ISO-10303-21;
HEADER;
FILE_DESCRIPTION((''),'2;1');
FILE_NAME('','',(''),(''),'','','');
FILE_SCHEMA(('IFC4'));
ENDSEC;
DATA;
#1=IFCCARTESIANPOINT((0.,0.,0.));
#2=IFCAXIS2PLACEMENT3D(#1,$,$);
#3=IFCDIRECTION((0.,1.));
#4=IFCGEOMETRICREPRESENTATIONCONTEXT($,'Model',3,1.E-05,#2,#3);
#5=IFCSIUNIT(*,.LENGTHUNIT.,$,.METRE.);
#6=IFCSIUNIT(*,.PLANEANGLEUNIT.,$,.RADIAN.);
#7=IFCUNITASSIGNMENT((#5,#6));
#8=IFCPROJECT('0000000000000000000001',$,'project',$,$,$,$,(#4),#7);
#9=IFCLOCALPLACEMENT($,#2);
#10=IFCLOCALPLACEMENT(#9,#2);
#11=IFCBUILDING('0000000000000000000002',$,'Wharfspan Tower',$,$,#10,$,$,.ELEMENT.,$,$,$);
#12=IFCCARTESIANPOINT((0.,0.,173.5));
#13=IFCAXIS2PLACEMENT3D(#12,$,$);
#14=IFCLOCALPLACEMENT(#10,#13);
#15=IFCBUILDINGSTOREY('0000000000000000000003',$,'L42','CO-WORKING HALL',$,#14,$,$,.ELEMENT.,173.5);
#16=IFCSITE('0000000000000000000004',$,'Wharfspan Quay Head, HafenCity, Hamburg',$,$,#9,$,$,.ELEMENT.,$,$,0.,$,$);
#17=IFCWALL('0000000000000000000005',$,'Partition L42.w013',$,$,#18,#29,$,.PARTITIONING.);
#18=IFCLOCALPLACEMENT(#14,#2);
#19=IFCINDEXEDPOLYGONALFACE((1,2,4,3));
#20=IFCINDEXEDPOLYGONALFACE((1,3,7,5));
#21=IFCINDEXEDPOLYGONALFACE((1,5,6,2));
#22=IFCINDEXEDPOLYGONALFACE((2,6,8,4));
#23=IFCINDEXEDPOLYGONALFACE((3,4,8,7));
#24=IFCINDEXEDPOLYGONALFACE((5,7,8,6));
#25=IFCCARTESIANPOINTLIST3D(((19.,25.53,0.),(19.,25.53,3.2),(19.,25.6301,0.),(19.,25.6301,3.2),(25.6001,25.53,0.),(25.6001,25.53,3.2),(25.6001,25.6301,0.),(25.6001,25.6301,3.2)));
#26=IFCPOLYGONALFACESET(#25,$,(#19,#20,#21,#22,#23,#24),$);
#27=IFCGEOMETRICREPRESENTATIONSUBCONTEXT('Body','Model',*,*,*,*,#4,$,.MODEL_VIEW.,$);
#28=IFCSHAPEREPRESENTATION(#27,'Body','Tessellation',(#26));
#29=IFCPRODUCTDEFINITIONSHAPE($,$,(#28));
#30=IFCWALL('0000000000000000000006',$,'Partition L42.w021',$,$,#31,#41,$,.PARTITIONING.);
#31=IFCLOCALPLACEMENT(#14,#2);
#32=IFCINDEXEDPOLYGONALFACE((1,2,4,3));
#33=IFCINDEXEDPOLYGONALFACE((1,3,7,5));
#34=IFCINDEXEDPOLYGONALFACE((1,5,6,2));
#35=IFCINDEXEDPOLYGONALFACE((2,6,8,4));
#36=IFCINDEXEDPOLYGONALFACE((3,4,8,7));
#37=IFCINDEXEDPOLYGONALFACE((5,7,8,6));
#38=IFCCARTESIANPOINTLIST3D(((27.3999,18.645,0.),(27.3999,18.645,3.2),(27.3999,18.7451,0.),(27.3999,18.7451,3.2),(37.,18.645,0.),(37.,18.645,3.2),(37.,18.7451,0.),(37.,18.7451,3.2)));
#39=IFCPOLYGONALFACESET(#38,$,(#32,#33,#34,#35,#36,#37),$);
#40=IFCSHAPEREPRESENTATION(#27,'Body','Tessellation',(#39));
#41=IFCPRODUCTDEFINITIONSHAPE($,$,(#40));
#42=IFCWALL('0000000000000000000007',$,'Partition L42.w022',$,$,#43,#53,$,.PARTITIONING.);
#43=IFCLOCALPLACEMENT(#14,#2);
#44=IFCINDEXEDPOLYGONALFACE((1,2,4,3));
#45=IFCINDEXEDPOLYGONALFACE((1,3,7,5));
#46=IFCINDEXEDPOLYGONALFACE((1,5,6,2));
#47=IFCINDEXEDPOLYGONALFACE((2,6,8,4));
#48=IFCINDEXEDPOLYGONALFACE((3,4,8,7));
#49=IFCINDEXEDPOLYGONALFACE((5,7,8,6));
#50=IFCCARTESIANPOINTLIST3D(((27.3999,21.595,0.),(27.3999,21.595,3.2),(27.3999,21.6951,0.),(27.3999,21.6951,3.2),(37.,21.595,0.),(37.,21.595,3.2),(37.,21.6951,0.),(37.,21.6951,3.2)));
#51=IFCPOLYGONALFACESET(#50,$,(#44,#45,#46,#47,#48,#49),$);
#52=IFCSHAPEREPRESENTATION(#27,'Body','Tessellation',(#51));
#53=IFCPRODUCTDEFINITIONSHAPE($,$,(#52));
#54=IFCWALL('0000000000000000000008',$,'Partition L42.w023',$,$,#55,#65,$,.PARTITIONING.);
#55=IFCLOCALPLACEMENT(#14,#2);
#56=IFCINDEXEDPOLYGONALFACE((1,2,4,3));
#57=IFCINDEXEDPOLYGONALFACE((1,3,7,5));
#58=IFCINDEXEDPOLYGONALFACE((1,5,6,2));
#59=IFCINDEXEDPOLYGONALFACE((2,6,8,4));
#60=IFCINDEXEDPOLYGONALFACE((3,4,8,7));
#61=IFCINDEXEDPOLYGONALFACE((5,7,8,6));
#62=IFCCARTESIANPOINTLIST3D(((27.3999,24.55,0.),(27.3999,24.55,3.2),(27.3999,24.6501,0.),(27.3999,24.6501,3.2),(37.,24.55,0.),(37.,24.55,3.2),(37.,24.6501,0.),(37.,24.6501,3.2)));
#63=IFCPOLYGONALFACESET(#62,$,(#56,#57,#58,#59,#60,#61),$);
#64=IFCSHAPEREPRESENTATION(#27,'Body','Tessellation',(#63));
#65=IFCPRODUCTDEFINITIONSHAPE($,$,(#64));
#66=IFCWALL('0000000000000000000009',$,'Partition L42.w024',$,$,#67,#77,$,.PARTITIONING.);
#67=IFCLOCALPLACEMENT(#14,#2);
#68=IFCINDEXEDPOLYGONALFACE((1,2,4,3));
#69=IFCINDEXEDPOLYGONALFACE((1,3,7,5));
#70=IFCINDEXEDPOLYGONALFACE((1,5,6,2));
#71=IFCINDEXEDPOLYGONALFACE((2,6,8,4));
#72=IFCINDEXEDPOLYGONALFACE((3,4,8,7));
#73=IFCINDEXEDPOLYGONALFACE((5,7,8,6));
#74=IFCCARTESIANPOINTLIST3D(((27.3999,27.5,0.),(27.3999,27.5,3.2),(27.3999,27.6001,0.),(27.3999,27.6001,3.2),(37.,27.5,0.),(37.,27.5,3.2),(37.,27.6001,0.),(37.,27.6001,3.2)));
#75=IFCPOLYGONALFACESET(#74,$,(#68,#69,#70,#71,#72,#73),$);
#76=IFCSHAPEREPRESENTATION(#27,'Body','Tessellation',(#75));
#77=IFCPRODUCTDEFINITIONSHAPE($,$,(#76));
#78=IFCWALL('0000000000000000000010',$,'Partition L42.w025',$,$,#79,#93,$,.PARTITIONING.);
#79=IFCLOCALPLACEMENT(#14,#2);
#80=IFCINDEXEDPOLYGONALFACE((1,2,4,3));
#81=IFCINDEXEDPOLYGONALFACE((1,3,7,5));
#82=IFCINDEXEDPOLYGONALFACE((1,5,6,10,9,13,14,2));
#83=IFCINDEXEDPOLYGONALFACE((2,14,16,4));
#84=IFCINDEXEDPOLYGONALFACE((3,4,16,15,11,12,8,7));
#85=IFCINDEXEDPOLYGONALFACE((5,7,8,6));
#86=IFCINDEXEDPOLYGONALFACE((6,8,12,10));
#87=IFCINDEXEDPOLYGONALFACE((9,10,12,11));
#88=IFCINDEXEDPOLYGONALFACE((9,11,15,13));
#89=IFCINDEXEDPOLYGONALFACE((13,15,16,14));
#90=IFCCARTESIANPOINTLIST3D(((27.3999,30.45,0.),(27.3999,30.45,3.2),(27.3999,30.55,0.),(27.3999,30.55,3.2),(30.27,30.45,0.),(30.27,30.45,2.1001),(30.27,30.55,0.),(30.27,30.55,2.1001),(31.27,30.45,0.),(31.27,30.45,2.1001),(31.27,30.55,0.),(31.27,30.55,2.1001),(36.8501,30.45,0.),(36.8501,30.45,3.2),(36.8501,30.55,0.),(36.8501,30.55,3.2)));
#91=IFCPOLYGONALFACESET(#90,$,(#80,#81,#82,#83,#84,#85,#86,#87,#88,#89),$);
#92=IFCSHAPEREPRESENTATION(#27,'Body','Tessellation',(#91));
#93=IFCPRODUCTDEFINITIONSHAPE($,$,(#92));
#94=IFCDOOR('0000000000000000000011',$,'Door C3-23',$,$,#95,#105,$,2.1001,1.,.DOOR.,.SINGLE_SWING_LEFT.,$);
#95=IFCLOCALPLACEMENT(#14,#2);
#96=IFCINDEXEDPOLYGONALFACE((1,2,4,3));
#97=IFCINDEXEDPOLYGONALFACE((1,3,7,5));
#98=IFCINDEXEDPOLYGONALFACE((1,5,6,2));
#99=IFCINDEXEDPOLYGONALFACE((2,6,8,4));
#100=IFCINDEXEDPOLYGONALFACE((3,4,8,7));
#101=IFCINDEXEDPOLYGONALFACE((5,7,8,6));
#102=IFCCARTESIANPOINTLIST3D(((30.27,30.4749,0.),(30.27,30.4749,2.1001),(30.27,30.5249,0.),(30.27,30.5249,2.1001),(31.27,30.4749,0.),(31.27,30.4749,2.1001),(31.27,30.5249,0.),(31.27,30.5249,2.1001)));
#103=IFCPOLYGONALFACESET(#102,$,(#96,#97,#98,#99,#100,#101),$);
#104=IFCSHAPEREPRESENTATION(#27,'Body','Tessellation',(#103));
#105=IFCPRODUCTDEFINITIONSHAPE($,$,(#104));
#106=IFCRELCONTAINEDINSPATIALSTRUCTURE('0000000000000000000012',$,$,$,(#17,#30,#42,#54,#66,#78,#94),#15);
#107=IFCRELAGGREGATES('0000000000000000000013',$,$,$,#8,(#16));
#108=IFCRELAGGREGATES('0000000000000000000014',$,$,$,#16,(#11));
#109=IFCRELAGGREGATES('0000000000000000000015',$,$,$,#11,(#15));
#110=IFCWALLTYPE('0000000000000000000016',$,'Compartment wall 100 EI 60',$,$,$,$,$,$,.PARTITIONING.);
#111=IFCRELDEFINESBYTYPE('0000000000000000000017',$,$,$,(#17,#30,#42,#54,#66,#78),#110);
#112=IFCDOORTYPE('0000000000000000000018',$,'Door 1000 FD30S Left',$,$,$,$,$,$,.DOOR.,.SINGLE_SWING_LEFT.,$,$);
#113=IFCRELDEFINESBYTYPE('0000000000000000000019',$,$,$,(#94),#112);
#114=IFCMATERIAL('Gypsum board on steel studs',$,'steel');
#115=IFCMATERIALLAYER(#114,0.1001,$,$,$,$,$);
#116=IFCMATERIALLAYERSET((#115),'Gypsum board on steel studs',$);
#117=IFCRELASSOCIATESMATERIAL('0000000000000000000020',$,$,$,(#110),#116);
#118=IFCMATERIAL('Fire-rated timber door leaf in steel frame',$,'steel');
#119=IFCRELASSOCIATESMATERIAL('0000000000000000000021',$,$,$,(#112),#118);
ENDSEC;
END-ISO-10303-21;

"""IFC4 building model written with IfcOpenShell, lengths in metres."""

from ifc_helpers import new_model, si_unit, direction, frame, frame_2d, origin, place, context, subcontext, project, spatial, rectangle, extrude, material, layer, layer_set, type_object, element, fill, save


model = new_model("IFC4")

# Units and contexts
model_context = context("Model", 3, precision=1e-05, world=origin(), true_north=direction((0.0, 1.0)))
body_context = subcontext(model_context, "Body", "Model", "MODEL_VIEW")
ifc_project = project(units=[si_unit("LENGTHUNIT", "METRE"), si_unit("PLANEANGLEUNIT", "RADIAN")], contexts=[model_context])

# Site, building, storey
site_placement = place(None, origin())
site = spatial("IfcSite", under=ifc_project, at=site_placement, Name="Wharfspan Quay Head, HafenCity, Hamburg", CompositionType="ELEMENT", RefElevation=0.0)
building_placement = place(site_placement, origin())
building = spatial("IfcBuilding", under=site, at=building_placement, Name="Wharfspan Tower", CompositionType="ELEMENT")
storey_placement = place(building_placement, frame((0.0, 0.0, 173.5)))
storey = spatial("IfcBuildingStorey", under=building, at=storey_placement, Name="L42", Description="CO-WORKING HALL", CompositionType="ELEMENT", Elevation=173.5)

# Shared definitions
ifc_material_1 = material(Name="Gypsum board on steel studs", Category="steel")
ifc_layer = layer(ifc_material_1, 0.1001)
ifc_layer_set = layer_set([ifc_layer], Name="Gypsum board on steel studs")
wall_type = type_object("IfcWallType", Name="Compartment wall 100 EI 60", PredefinedType="PARTITIONING", material=ifc_layer_set)

# Shared definitions
ifc_material_2 = material(Name="Fire-rated timber door leaf in steel frame", Category="steel")

# Walls
for number, where, z_axis, x_axis, name in (
    (1, (19.0, 25.5801, 0.0), (0.0, 0.0, 1.0), (1.0, 0.0, 0.0), "Partition L42.w013"),
):
    element("IfcWall", number, at=place(storey_placement, frame(where, z_axis=z_axis, x_axis=x_axis)), inside=storey, type_object=wall_type, Name=name, PredefinedType="PARTITIONING", context=body_context, shape_type="SweptSolid", body=[
        extrude(rectangle(XDim=6.6001, YDim=0.1001, at=frame_2d((3.3, 0.0))), origin(), (0.0, 0.0, 1.0), 3.2),
    ])
for number, where, z_axis, x_axis, name in (
    (2, (27.3999, 18.6951, 0.0), (0.0, 0.0, 1.0), (1.0, 0.0, 0.0), "Partition L42.w021"),
    (3, (27.3999, 21.645, 0.0), (0.0, 0.0, 1.0), (1.0, 0.0, 0.0), "Partition L42.w022"),
    (4, (27.3999, 24.6001, 0.0), (0.0, 0.0, 1.0), (1.0, 0.0, 0.0), "Partition L42.w023"),
    (5, (27.3999, 27.55, 0.0), (0.0, 0.0, 1.0), (1.0, 0.0, 0.0), "Partition L42.w024"),
):
    element("IfcWall", number, at=place(storey_placement, frame(where, z_axis=z_axis, x_axis=x_axis)), inside=storey, type_object=wall_type, Name=name, PredefinedType="PARTITIONING", context=body_context, shape_type="SweptSolid", body=[
        extrude(rectangle(XDim=9.6001, YDim=0.1001, at=frame_2d((4.8, 0.0))), origin(), (0.0, 0.0, 1.0), 3.2),
    ])

# Wall, opening, door
wall_1_placement = place(storey_placement, frame((27.3999, 30.5, 0.0), z_axis=(0.0, 0.0, 1.0), x_axis=(1.0, 0.0, 0.0)))
wall_1 = element("IfcWall", 6, at=wall_1_placement, inside=storey, type_object=wall_type, Name="Partition L42.w025", PredefinedType="PARTITIONING", context=body_context, shape_type="SweptSolid", body=[
    extrude(rectangle(XDim=9.4502, YDim=0.1001, at=frame_2d((4.7251, 0.0))), origin(), (0.0, 0.0, 1.0), 3.2),
])
opening_1_placement = place(wall_1_placement, frame((2.8701, 0.0, 0.0)))
opening_1 = element("IfcOpeningElement", 7, at=opening_1_placement, cuts=wall_1, PredefinedType="OPENING", context=body_context, shape_type="SweptSolid", body=[
    extrude(rectangle(XDim=1.0, YDim=2.1001, at=frame_2d((0.5, 1.05))), frame((0.0, 0.0601, 0.0), z_axis=(0.0, -1.0, 0.0), x_axis=(1.0, 0.0, 0.0)), (0.0, 0.0, 1.0), 0.1201),
])
door_type_1 = type_object("IfcDoorType", Name="Door 1000 FD30S Left", OperationType="SINGLE_SWING_LEFT", PredefinedType="DOOR", material=ifc_material_2)
door_1_placement = place(opening_1_placement, origin())
door_1 = element("IfcDoor", 8, at=door_1_placement, inside=storey, type_object=door_type_1, Name="Door C3-23", OperationType="SINGLE_SWING_LEFT", OverallHeight=2.1001, OverallWidth=1.0, PredefinedType="DOOR", context=body_context, shape_type="SweptSolid", body=[
    extrude(rectangle(XDim=1.0, YDim=2.1001, at=frame_2d((0.5, 1.05))), frame((0.0, 0.0249, 0.0), z_axis=(0.0, -1.0, 0.0), x_axis=(1.0, 0.0, 0.0)), (0.0, 0.0, 1.0), 0.05),
])
fill(opening_1, door_1)

save(model, "model.ifc")
